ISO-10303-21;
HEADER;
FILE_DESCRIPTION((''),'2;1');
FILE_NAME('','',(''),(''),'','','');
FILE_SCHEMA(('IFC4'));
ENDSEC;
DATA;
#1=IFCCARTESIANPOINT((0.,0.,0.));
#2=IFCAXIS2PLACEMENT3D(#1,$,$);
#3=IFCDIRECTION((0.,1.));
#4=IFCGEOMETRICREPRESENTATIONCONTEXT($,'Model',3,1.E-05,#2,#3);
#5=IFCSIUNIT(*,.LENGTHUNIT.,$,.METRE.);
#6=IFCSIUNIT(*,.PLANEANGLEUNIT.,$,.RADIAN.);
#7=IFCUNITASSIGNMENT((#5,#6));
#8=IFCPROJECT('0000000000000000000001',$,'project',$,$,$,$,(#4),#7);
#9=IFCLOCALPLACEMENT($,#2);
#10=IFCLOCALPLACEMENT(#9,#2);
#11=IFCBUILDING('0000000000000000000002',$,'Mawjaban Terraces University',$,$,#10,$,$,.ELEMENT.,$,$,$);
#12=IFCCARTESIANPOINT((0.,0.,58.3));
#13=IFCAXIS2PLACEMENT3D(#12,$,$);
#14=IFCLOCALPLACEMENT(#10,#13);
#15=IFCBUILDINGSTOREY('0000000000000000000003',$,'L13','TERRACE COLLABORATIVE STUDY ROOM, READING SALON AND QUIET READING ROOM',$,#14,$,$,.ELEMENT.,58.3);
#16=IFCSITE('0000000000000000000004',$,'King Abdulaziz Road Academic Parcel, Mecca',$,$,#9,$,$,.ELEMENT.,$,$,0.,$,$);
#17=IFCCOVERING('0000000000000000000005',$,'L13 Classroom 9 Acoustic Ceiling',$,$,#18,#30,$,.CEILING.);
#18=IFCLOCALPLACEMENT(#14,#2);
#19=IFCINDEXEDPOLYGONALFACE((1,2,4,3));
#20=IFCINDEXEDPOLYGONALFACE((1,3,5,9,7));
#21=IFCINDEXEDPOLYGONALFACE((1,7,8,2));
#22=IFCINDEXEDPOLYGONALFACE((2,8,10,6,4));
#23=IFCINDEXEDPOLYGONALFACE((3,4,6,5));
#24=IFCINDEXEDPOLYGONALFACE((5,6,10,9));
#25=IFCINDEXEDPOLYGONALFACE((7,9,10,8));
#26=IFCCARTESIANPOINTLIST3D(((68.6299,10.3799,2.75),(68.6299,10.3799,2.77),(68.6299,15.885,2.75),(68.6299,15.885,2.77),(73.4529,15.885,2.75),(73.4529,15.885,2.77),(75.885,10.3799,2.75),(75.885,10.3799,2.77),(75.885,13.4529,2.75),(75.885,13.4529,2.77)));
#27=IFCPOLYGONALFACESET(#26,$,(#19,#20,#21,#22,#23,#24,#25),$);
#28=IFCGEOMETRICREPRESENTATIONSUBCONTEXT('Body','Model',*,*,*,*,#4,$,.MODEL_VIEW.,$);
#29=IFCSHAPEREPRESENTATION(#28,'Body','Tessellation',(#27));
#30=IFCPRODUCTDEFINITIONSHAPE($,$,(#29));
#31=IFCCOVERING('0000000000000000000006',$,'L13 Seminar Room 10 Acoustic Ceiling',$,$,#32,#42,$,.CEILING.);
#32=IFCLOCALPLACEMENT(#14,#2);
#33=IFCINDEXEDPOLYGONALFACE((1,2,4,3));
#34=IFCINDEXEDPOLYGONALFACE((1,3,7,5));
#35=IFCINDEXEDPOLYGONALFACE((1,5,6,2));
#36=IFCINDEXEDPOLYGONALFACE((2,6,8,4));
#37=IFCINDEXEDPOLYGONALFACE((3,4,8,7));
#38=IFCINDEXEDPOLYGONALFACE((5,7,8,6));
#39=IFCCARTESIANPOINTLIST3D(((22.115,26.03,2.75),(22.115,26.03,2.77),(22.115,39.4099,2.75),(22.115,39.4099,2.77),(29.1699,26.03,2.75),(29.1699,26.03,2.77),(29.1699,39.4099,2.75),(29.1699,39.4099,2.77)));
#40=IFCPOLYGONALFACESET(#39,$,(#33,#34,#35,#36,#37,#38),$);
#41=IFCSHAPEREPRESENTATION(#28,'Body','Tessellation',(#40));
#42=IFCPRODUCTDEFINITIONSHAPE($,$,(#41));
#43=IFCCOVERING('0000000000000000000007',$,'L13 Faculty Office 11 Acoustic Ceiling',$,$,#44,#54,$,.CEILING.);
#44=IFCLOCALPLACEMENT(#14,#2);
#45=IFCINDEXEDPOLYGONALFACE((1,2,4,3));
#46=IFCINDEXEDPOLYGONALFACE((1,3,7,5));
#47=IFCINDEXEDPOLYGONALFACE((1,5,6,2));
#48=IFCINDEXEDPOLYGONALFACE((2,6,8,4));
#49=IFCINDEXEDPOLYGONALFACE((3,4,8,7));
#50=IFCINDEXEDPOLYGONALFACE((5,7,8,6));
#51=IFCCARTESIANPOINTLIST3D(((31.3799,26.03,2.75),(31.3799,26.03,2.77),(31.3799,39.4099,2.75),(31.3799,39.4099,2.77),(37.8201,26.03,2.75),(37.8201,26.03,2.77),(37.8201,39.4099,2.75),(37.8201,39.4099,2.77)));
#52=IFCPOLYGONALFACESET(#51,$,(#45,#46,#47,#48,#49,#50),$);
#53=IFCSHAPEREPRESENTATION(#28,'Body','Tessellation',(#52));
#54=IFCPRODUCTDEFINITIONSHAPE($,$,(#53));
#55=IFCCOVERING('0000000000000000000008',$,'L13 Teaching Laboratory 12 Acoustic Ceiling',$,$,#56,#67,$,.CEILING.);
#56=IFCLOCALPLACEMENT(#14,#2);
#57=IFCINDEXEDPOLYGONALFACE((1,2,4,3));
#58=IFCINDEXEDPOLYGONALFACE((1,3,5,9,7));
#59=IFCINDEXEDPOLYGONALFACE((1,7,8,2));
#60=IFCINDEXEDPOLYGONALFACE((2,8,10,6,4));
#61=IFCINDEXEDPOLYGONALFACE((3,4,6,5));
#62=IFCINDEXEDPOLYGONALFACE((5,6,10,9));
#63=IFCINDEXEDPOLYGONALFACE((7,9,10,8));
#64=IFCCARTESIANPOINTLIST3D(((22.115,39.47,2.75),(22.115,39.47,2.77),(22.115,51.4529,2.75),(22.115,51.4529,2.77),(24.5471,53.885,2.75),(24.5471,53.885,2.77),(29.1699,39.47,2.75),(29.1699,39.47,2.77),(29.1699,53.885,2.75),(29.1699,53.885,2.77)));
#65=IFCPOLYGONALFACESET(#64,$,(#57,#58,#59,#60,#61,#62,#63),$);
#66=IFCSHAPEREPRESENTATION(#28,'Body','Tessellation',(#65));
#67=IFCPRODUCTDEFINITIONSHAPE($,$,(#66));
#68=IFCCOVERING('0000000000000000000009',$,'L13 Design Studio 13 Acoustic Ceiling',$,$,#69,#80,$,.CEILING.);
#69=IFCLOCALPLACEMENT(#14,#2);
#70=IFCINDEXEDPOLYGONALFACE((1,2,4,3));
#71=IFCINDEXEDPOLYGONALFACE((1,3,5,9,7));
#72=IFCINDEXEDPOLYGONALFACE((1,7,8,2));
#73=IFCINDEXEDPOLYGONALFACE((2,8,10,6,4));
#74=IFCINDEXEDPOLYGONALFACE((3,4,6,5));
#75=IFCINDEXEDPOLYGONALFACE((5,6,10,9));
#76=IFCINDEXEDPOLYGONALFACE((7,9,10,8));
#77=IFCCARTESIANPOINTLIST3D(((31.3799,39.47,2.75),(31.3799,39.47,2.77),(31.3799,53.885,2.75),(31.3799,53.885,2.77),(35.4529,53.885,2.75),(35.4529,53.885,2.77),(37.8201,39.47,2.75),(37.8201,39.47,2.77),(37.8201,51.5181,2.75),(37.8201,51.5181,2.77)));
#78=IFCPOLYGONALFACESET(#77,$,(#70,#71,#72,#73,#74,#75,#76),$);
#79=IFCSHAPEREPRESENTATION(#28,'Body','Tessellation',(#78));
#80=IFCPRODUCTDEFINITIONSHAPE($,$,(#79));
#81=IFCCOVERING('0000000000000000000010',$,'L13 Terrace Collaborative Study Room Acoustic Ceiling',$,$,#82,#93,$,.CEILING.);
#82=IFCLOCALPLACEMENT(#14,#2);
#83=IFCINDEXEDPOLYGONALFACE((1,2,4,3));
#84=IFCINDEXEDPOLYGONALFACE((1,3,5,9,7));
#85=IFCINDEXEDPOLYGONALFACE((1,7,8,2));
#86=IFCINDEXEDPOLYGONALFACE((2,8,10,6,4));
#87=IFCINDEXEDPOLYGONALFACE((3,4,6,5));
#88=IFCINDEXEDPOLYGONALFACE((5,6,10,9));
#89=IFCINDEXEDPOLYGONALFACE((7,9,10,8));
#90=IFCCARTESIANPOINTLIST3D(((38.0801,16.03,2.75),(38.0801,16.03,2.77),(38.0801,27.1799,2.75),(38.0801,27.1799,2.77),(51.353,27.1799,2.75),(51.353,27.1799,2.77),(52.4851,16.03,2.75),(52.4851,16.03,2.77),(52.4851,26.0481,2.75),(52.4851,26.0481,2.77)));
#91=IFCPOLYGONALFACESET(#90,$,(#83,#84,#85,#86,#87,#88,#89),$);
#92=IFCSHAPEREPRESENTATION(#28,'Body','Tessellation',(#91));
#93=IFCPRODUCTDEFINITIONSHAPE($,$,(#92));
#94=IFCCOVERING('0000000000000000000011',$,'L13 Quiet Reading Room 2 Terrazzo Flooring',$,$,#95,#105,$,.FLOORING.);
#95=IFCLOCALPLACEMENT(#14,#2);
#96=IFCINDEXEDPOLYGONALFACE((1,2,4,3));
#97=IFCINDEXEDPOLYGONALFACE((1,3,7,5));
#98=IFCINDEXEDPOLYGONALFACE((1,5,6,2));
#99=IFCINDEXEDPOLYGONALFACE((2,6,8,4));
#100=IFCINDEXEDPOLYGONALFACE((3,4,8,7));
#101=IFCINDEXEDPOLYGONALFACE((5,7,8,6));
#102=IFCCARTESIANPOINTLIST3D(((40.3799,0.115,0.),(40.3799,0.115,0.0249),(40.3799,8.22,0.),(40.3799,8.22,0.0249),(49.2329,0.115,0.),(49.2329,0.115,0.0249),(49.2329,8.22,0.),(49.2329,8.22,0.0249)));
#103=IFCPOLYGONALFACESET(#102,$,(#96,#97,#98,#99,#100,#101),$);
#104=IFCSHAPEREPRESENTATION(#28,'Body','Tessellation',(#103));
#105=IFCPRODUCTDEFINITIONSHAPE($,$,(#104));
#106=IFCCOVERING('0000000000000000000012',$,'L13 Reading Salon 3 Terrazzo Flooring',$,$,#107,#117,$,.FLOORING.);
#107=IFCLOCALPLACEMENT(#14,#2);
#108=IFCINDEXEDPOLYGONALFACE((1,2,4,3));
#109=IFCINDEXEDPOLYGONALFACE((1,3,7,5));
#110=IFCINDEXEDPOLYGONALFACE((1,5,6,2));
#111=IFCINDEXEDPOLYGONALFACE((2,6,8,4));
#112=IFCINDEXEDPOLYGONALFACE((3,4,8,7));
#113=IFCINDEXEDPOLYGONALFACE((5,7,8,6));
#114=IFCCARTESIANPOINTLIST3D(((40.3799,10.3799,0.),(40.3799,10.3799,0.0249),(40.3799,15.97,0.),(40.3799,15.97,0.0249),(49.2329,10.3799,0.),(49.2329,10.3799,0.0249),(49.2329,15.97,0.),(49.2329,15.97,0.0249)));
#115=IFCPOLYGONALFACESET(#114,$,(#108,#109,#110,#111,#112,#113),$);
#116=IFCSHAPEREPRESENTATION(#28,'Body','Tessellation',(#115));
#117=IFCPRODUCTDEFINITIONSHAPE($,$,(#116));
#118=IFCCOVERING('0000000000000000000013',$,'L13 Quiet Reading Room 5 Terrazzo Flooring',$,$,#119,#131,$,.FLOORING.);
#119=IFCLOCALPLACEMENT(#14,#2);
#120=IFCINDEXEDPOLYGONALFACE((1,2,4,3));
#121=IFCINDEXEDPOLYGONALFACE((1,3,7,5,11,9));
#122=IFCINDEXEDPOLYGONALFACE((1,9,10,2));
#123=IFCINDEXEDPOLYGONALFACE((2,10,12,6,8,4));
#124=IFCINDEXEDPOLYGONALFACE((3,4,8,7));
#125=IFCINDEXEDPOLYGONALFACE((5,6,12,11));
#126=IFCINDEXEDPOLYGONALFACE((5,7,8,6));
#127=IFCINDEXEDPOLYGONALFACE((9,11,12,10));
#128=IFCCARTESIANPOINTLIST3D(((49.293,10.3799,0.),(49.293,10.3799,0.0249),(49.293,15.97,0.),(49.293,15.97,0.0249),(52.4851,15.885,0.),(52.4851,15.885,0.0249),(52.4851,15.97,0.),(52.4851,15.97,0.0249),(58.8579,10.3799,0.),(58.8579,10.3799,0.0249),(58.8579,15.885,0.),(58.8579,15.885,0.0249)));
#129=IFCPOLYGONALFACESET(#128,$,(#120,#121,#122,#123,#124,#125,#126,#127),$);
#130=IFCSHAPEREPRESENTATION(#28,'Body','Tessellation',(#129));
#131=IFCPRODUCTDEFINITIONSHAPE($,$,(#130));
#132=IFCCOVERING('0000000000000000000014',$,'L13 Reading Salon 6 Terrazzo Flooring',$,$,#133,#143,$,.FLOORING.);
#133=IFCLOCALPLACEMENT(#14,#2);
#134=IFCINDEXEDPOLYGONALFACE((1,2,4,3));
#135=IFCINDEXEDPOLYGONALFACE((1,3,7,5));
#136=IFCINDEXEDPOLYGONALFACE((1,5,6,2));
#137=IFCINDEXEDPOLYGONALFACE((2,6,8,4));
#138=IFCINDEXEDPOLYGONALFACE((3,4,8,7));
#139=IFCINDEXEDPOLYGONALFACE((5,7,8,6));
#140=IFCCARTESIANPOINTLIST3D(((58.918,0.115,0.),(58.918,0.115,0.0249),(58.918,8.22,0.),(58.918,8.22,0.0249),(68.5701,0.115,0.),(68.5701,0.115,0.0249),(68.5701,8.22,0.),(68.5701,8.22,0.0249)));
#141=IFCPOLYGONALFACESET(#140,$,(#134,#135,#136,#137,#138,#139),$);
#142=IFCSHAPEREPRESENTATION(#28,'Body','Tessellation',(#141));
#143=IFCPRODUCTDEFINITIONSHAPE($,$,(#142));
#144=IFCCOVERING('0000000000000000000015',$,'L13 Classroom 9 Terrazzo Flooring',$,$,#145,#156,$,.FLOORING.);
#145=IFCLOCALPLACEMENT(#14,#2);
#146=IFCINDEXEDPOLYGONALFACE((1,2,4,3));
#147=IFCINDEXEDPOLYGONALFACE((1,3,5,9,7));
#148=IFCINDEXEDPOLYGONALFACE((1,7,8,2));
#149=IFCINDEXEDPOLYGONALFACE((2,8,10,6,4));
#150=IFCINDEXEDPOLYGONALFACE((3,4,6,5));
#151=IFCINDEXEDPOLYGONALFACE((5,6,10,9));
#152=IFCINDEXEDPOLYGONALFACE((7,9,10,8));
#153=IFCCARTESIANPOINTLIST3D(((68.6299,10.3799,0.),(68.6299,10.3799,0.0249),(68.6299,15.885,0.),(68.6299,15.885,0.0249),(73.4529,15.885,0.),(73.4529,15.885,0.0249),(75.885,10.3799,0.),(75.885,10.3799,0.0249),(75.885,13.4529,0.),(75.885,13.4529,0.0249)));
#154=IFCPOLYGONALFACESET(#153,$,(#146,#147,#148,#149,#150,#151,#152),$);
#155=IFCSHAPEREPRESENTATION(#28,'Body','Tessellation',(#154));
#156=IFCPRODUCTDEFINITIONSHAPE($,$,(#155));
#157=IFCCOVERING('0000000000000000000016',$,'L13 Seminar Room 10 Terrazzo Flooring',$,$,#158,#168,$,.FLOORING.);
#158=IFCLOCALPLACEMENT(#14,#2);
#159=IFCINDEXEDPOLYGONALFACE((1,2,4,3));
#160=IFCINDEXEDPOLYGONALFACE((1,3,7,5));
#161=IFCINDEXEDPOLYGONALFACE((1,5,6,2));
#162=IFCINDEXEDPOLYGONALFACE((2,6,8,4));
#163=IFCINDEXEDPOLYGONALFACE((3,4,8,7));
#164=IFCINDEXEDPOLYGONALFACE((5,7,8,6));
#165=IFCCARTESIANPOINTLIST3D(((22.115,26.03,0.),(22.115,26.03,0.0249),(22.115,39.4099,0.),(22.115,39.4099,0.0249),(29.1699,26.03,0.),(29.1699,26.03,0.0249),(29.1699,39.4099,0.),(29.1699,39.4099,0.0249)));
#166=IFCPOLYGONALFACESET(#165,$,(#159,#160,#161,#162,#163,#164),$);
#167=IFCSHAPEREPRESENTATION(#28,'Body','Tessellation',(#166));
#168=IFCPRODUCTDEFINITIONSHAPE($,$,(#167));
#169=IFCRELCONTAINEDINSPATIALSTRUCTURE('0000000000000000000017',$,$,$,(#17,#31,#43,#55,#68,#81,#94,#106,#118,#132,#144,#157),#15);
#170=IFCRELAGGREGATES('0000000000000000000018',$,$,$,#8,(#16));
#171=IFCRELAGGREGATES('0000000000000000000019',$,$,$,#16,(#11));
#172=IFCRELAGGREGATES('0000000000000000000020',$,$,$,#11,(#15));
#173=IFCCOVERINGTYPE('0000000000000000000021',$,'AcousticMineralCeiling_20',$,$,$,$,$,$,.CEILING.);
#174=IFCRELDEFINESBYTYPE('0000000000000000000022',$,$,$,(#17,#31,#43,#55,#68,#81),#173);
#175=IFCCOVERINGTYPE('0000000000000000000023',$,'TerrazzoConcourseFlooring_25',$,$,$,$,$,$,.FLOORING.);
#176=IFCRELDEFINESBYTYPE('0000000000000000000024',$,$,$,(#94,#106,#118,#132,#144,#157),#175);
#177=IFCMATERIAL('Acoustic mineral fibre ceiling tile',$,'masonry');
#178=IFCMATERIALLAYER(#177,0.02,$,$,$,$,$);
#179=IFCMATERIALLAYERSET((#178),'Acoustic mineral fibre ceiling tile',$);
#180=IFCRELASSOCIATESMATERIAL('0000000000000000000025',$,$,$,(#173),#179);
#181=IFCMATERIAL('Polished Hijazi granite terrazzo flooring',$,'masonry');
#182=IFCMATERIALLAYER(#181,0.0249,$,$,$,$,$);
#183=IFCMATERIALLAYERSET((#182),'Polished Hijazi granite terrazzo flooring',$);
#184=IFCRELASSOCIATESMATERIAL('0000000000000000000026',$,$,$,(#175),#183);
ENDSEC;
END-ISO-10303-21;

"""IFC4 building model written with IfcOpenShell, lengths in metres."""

from ifc_helpers import new_model, si_unit, direction, frame, origin, place, context, subcontext, project, spatial, polyline, outline, extrude, material, layer, layer_set, type_object, element, save


model = new_model("IFC4")

# Units and contexts
model_context = context("Model", 3, precision=1e-05, world=origin(), true_north=direction((0.0, 1.0)))
body_context = subcontext(model_context, "Body", "Model", "MODEL_VIEW")
ifc_project = project(units=[si_unit("LENGTHUNIT", "METRE"), si_unit("PLANEANGLEUNIT", "RADIAN")], contexts=[model_context])

# Site, building, storey
site_placement = place(None, origin())
site = spatial("IfcSite", under=ifc_project, at=site_placement, Name="King Abdulaziz Road Academic Parcel, Mecca", CompositionType="ELEMENT", RefElevation=0.0)
building_placement = place(site_placement, origin())
building = spatial("IfcBuilding", under=site, at=building_placement, Name="Mawjaban Terraces University", CompositionType="ELEMENT")
storey_placement = place(building_placement, frame((0.0, 0.0, 58.3)))
storey = spatial("IfcBuildingStorey", under=building, at=storey_placement, Name="L13", Description="TERRACE COLLABORATIVE STUDY ROOM, READING SALON AND QUIET READING ROOM", CompositionType="ELEMENT", Elevation=58.3)

# Coverings
ifc_material_1 = material(Name="Acoustic mineral fibre ceiling tile", Category="masonry")
ifc_layer_1 = layer(ifc_material_1, 0.02)
ifc_layer_set_1 = layer_set([ifc_layer_1], Name="Acoustic mineral fibre ceiling tile")
covering_type_1 = type_object("IfcCoveringType", Name="AcousticMineralCeiling_20", PredefinedType="CEILING", material=ifc_layer_set_1)
covering_1_placement = place(storey_placement, frame((0.0, 0.0, 2.75)))
element("IfcCovering", 1, at=covering_1_placement, inside=storey, type_object=covering_type_1, Name="L13 Classroom 9 Acoustic Ceiling", PredefinedType="CEILING", context=body_context, shape_type="SweptSolid", body=[
    extrude(outline(polyline([(75.885, 10.3799), (75.885, 13.4529), (73.4529, 15.885), (68.6299, 15.885), (68.6299, 10.3799), (75.885, 10.3799)])), origin(), (0.0, 0.0, 1.0), 0.02),
])
covering_2_placement = place(storey_placement, frame((0.0, 0.0, 2.75)))
element("IfcCovering", 2, at=covering_2_placement, inside=storey, type_object=covering_type_1, Name="L13 Seminar Room 10 Acoustic Ceiling", PredefinedType="CEILING", context=body_context, shape_type="SweptSolid", body=[
    extrude(outline(polyline([(22.115, 39.4099), (22.115, 26.03), (29.1699, 26.03), (29.1699, 39.4099), (22.115, 39.4099)])), origin(), (0.0, 0.0, 1.0), 0.02),
])
covering_3_placement = place(storey_placement, frame((0.0, 0.0, 2.75)))
element("IfcCovering", 3, at=covering_3_placement, inside=storey, type_object=covering_type_1, Name="L13 Faculty Office 11 Acoustic Ceiling", PredefinedType="CEILING", context=body_context, shape_type="SweptSolid", body=[
    extrude(outline(polyline([(37.8201, 26.03), (37.8201, 39.4099), (31.3799, 39.4099), (31.3799, 26.03), (37.8201, 26.03)])), origin(), (0.0, 0.0, 1.0), 0.02),
])
covering_4_placement = place(storey_placement, frame((0.0, 0.0, 2.75)))
element("IfcCovering", 4, at=covering_4_placement, inside=storey, type_object=covering_type_1, Name="L13 Teaching Laboratory 12 Acoustic Ceiling", PredefinedType="CEILING", context=body_context, shape_type="SweptSolid", body=[
    extrude(outline(polyline([(29.1699, 53.885), (24.5471, 53.885), (22.115, 51.4529), (22.115, 39.47), (29.1699, 39.47), (29.1699, 53.885)])), origin(), (0.0, 0.0, 1.0), 0.02),
])
covering_5_placement = place(storey_placement, frame((0.0, 0.0, 2.75)))
element("IfcCovering", 5, at=covering_5_placement, inside=storey, type_object=covering_type_1, Name="L13 Design Studio 13 Acoustic Ceiling", PredefinedType="CEILING", context=body_context, shape_type="SweptSolid", body=[
    extrude(outline(polyline([(37.8201, 51.5181), (35.4529, 53.885), (31.3799, 53.885), (31.3799, 39.47), (37.8201, 39.47), (37.8201, 51.5181)])), origin(), (0.0, 0.0, 1.0), 0.02),
])
covering_6_placement = place(storey_placement, frame((0.0, 0.0, 2.75)))
element("IfcCovering", 6, at=covering_6_placement, inside=storey, type_object=covering_type_1, Name="L13 Terrace Collaborative Study Room Acoustic Ceiling", PredefinedType="CEILING", context=body_context, shape_type="SweptSolid", body=[
    extrude(outline(polyline([(52.4851, 16.03), (52.4851, 26.0481), (51.353, 27.1799), (38.0801, 27.1799), (38.0801, 16.03), (52.4851, 16.03)])), origin(), (0.0, 0.0, 1.0), 0.02),
])
ifc_material_2 = material(Name="Polished Hijazi granite terrazzo flooring", Category="masonry")
ifc_layer_2 = layer(ifc_material_2, 0.0249)
ifc_layer_set_2 = layer_set([ifc_layer_2], Name="Polished Hijazi granite terrazzo flooring")
covering_type_2 = type_object("IfcCoveringType", Name="TerrazzoConcourseFlooring_25", PredefinedType="FLOORING", material=ifc_layer_set_2)
covering_7_placement = place(storey_placement, origin())
element("IfcCovering", 7, at=covering_7_placement, inside=storey, type_object=covering_type_2, Name="L13 Quiet Reading Room 2 Terrazzo Flooring", PredefinedType="FLOORING", context=body_context, shape_type="SweptSolid", body=[
    extrude(outline(polyline([(40.3799, 0.115), (49.2329, 0.115), (49.2329, 8.22), (40.3799, 8.22), (40.3799, 0.115)])), origin(), (0.0, 0.0, 1.0), 0.0249),
])
covering_8_placement = place(storey_placement, origin())
element("IfcCovering", 8, at=covering_8_placement, inside=storey, type_object=covering_type_2, Name="L13 Reading Salon 3 Terrazzo Flooring", PredefinedType="FLOORING", context=body_context, shape_type="SweptSolid", body=[
    extrude(outline(polyline([(49.2329, 10.3799), (49.2329, 15.97), (40.3799, 15.97), (40.3799, 10.3799), (49.2329, 10.3799)])), origin(), (0.0, 0.0, 1.0), 0.0249),
])
covering_9_placement = place(storey_placement, origin())
element("IfcCovering", 9, at=covering_9_placement, inside=storey, type_object=covering_type_2, Name="L13 Quiet Reading Room 5 Terrazzo Flooring", PredefinedType="FLOORING", context=body_context, shape_type="SweptSolid", body=[
    extrude(outline(polyline([(58.8579, 15.885), (52.4851, 15.885), (52.4851, 15.97), (49.293, 15.97), (49.293, 10.3799), (58.8579, 10.3799), (58.8579, 15.885)])), origin(), (0.0, 0.0, 1.0), 0.0249),
])
covering_10_placement = place(storey_placement, origin())
element("IfcCovering", 10, at=covering_10_placement, inside=storey, type_object=covering_type_2, Name="L13 Reading Salon 6 Terrazzo Flooring", PredefinedType="FLOORING", context=body_context, shape_type="SweptSolid", body=[
    extrude(outline(polyline([(58.918, 0.115), (68.5701, 0.115), (68.5701, 8.22), (58.918, 8.22), (58.918, 0.115)])), origin(), (0.0, 0.0, 1.0), 0.0249),
])
covering_11_placement = place(storey_placement, origin())
element("IfcCovering", 11, at=covering_11_placement, inside=storey, type_object=covering_type_2, Name="L13 Classroom 9 Terrazzo Flooring", PredefinedType="FLOORING", context=body_context, shape_type="SweptSolid", body=[
    extrude(outline(polyline([(75.885, 10.3799), (75.885, 13.4529), (73.4529, 15.885), (68.6299, 15.885), (68.6299, 10.3799), (75.885, 10.3799)])), origin(), (0.0, 0.0, 1.0), 0.0249),
])
covering_12_placement = place(storey_placement, origin())
element("IfcCovering", 12, at=covering_12_placement, inside=storey, type_object=covering_type_2, Name="L13 Seminar Room 10 Terrazzo Flooring", PredefinedType="FLOORING", context=body_context, shape_type="SweptSolid", body=[
    extrude(outline(polyline([(22.115, 39.4099), (22.115, 26.03), (29.1699, 26.03), (29.1699, 39.4099), (22.115, 39.4099)])), origin(), (0.0, 0.0, 1.0), 0.0249),
])

save(model, "model.ifc")
